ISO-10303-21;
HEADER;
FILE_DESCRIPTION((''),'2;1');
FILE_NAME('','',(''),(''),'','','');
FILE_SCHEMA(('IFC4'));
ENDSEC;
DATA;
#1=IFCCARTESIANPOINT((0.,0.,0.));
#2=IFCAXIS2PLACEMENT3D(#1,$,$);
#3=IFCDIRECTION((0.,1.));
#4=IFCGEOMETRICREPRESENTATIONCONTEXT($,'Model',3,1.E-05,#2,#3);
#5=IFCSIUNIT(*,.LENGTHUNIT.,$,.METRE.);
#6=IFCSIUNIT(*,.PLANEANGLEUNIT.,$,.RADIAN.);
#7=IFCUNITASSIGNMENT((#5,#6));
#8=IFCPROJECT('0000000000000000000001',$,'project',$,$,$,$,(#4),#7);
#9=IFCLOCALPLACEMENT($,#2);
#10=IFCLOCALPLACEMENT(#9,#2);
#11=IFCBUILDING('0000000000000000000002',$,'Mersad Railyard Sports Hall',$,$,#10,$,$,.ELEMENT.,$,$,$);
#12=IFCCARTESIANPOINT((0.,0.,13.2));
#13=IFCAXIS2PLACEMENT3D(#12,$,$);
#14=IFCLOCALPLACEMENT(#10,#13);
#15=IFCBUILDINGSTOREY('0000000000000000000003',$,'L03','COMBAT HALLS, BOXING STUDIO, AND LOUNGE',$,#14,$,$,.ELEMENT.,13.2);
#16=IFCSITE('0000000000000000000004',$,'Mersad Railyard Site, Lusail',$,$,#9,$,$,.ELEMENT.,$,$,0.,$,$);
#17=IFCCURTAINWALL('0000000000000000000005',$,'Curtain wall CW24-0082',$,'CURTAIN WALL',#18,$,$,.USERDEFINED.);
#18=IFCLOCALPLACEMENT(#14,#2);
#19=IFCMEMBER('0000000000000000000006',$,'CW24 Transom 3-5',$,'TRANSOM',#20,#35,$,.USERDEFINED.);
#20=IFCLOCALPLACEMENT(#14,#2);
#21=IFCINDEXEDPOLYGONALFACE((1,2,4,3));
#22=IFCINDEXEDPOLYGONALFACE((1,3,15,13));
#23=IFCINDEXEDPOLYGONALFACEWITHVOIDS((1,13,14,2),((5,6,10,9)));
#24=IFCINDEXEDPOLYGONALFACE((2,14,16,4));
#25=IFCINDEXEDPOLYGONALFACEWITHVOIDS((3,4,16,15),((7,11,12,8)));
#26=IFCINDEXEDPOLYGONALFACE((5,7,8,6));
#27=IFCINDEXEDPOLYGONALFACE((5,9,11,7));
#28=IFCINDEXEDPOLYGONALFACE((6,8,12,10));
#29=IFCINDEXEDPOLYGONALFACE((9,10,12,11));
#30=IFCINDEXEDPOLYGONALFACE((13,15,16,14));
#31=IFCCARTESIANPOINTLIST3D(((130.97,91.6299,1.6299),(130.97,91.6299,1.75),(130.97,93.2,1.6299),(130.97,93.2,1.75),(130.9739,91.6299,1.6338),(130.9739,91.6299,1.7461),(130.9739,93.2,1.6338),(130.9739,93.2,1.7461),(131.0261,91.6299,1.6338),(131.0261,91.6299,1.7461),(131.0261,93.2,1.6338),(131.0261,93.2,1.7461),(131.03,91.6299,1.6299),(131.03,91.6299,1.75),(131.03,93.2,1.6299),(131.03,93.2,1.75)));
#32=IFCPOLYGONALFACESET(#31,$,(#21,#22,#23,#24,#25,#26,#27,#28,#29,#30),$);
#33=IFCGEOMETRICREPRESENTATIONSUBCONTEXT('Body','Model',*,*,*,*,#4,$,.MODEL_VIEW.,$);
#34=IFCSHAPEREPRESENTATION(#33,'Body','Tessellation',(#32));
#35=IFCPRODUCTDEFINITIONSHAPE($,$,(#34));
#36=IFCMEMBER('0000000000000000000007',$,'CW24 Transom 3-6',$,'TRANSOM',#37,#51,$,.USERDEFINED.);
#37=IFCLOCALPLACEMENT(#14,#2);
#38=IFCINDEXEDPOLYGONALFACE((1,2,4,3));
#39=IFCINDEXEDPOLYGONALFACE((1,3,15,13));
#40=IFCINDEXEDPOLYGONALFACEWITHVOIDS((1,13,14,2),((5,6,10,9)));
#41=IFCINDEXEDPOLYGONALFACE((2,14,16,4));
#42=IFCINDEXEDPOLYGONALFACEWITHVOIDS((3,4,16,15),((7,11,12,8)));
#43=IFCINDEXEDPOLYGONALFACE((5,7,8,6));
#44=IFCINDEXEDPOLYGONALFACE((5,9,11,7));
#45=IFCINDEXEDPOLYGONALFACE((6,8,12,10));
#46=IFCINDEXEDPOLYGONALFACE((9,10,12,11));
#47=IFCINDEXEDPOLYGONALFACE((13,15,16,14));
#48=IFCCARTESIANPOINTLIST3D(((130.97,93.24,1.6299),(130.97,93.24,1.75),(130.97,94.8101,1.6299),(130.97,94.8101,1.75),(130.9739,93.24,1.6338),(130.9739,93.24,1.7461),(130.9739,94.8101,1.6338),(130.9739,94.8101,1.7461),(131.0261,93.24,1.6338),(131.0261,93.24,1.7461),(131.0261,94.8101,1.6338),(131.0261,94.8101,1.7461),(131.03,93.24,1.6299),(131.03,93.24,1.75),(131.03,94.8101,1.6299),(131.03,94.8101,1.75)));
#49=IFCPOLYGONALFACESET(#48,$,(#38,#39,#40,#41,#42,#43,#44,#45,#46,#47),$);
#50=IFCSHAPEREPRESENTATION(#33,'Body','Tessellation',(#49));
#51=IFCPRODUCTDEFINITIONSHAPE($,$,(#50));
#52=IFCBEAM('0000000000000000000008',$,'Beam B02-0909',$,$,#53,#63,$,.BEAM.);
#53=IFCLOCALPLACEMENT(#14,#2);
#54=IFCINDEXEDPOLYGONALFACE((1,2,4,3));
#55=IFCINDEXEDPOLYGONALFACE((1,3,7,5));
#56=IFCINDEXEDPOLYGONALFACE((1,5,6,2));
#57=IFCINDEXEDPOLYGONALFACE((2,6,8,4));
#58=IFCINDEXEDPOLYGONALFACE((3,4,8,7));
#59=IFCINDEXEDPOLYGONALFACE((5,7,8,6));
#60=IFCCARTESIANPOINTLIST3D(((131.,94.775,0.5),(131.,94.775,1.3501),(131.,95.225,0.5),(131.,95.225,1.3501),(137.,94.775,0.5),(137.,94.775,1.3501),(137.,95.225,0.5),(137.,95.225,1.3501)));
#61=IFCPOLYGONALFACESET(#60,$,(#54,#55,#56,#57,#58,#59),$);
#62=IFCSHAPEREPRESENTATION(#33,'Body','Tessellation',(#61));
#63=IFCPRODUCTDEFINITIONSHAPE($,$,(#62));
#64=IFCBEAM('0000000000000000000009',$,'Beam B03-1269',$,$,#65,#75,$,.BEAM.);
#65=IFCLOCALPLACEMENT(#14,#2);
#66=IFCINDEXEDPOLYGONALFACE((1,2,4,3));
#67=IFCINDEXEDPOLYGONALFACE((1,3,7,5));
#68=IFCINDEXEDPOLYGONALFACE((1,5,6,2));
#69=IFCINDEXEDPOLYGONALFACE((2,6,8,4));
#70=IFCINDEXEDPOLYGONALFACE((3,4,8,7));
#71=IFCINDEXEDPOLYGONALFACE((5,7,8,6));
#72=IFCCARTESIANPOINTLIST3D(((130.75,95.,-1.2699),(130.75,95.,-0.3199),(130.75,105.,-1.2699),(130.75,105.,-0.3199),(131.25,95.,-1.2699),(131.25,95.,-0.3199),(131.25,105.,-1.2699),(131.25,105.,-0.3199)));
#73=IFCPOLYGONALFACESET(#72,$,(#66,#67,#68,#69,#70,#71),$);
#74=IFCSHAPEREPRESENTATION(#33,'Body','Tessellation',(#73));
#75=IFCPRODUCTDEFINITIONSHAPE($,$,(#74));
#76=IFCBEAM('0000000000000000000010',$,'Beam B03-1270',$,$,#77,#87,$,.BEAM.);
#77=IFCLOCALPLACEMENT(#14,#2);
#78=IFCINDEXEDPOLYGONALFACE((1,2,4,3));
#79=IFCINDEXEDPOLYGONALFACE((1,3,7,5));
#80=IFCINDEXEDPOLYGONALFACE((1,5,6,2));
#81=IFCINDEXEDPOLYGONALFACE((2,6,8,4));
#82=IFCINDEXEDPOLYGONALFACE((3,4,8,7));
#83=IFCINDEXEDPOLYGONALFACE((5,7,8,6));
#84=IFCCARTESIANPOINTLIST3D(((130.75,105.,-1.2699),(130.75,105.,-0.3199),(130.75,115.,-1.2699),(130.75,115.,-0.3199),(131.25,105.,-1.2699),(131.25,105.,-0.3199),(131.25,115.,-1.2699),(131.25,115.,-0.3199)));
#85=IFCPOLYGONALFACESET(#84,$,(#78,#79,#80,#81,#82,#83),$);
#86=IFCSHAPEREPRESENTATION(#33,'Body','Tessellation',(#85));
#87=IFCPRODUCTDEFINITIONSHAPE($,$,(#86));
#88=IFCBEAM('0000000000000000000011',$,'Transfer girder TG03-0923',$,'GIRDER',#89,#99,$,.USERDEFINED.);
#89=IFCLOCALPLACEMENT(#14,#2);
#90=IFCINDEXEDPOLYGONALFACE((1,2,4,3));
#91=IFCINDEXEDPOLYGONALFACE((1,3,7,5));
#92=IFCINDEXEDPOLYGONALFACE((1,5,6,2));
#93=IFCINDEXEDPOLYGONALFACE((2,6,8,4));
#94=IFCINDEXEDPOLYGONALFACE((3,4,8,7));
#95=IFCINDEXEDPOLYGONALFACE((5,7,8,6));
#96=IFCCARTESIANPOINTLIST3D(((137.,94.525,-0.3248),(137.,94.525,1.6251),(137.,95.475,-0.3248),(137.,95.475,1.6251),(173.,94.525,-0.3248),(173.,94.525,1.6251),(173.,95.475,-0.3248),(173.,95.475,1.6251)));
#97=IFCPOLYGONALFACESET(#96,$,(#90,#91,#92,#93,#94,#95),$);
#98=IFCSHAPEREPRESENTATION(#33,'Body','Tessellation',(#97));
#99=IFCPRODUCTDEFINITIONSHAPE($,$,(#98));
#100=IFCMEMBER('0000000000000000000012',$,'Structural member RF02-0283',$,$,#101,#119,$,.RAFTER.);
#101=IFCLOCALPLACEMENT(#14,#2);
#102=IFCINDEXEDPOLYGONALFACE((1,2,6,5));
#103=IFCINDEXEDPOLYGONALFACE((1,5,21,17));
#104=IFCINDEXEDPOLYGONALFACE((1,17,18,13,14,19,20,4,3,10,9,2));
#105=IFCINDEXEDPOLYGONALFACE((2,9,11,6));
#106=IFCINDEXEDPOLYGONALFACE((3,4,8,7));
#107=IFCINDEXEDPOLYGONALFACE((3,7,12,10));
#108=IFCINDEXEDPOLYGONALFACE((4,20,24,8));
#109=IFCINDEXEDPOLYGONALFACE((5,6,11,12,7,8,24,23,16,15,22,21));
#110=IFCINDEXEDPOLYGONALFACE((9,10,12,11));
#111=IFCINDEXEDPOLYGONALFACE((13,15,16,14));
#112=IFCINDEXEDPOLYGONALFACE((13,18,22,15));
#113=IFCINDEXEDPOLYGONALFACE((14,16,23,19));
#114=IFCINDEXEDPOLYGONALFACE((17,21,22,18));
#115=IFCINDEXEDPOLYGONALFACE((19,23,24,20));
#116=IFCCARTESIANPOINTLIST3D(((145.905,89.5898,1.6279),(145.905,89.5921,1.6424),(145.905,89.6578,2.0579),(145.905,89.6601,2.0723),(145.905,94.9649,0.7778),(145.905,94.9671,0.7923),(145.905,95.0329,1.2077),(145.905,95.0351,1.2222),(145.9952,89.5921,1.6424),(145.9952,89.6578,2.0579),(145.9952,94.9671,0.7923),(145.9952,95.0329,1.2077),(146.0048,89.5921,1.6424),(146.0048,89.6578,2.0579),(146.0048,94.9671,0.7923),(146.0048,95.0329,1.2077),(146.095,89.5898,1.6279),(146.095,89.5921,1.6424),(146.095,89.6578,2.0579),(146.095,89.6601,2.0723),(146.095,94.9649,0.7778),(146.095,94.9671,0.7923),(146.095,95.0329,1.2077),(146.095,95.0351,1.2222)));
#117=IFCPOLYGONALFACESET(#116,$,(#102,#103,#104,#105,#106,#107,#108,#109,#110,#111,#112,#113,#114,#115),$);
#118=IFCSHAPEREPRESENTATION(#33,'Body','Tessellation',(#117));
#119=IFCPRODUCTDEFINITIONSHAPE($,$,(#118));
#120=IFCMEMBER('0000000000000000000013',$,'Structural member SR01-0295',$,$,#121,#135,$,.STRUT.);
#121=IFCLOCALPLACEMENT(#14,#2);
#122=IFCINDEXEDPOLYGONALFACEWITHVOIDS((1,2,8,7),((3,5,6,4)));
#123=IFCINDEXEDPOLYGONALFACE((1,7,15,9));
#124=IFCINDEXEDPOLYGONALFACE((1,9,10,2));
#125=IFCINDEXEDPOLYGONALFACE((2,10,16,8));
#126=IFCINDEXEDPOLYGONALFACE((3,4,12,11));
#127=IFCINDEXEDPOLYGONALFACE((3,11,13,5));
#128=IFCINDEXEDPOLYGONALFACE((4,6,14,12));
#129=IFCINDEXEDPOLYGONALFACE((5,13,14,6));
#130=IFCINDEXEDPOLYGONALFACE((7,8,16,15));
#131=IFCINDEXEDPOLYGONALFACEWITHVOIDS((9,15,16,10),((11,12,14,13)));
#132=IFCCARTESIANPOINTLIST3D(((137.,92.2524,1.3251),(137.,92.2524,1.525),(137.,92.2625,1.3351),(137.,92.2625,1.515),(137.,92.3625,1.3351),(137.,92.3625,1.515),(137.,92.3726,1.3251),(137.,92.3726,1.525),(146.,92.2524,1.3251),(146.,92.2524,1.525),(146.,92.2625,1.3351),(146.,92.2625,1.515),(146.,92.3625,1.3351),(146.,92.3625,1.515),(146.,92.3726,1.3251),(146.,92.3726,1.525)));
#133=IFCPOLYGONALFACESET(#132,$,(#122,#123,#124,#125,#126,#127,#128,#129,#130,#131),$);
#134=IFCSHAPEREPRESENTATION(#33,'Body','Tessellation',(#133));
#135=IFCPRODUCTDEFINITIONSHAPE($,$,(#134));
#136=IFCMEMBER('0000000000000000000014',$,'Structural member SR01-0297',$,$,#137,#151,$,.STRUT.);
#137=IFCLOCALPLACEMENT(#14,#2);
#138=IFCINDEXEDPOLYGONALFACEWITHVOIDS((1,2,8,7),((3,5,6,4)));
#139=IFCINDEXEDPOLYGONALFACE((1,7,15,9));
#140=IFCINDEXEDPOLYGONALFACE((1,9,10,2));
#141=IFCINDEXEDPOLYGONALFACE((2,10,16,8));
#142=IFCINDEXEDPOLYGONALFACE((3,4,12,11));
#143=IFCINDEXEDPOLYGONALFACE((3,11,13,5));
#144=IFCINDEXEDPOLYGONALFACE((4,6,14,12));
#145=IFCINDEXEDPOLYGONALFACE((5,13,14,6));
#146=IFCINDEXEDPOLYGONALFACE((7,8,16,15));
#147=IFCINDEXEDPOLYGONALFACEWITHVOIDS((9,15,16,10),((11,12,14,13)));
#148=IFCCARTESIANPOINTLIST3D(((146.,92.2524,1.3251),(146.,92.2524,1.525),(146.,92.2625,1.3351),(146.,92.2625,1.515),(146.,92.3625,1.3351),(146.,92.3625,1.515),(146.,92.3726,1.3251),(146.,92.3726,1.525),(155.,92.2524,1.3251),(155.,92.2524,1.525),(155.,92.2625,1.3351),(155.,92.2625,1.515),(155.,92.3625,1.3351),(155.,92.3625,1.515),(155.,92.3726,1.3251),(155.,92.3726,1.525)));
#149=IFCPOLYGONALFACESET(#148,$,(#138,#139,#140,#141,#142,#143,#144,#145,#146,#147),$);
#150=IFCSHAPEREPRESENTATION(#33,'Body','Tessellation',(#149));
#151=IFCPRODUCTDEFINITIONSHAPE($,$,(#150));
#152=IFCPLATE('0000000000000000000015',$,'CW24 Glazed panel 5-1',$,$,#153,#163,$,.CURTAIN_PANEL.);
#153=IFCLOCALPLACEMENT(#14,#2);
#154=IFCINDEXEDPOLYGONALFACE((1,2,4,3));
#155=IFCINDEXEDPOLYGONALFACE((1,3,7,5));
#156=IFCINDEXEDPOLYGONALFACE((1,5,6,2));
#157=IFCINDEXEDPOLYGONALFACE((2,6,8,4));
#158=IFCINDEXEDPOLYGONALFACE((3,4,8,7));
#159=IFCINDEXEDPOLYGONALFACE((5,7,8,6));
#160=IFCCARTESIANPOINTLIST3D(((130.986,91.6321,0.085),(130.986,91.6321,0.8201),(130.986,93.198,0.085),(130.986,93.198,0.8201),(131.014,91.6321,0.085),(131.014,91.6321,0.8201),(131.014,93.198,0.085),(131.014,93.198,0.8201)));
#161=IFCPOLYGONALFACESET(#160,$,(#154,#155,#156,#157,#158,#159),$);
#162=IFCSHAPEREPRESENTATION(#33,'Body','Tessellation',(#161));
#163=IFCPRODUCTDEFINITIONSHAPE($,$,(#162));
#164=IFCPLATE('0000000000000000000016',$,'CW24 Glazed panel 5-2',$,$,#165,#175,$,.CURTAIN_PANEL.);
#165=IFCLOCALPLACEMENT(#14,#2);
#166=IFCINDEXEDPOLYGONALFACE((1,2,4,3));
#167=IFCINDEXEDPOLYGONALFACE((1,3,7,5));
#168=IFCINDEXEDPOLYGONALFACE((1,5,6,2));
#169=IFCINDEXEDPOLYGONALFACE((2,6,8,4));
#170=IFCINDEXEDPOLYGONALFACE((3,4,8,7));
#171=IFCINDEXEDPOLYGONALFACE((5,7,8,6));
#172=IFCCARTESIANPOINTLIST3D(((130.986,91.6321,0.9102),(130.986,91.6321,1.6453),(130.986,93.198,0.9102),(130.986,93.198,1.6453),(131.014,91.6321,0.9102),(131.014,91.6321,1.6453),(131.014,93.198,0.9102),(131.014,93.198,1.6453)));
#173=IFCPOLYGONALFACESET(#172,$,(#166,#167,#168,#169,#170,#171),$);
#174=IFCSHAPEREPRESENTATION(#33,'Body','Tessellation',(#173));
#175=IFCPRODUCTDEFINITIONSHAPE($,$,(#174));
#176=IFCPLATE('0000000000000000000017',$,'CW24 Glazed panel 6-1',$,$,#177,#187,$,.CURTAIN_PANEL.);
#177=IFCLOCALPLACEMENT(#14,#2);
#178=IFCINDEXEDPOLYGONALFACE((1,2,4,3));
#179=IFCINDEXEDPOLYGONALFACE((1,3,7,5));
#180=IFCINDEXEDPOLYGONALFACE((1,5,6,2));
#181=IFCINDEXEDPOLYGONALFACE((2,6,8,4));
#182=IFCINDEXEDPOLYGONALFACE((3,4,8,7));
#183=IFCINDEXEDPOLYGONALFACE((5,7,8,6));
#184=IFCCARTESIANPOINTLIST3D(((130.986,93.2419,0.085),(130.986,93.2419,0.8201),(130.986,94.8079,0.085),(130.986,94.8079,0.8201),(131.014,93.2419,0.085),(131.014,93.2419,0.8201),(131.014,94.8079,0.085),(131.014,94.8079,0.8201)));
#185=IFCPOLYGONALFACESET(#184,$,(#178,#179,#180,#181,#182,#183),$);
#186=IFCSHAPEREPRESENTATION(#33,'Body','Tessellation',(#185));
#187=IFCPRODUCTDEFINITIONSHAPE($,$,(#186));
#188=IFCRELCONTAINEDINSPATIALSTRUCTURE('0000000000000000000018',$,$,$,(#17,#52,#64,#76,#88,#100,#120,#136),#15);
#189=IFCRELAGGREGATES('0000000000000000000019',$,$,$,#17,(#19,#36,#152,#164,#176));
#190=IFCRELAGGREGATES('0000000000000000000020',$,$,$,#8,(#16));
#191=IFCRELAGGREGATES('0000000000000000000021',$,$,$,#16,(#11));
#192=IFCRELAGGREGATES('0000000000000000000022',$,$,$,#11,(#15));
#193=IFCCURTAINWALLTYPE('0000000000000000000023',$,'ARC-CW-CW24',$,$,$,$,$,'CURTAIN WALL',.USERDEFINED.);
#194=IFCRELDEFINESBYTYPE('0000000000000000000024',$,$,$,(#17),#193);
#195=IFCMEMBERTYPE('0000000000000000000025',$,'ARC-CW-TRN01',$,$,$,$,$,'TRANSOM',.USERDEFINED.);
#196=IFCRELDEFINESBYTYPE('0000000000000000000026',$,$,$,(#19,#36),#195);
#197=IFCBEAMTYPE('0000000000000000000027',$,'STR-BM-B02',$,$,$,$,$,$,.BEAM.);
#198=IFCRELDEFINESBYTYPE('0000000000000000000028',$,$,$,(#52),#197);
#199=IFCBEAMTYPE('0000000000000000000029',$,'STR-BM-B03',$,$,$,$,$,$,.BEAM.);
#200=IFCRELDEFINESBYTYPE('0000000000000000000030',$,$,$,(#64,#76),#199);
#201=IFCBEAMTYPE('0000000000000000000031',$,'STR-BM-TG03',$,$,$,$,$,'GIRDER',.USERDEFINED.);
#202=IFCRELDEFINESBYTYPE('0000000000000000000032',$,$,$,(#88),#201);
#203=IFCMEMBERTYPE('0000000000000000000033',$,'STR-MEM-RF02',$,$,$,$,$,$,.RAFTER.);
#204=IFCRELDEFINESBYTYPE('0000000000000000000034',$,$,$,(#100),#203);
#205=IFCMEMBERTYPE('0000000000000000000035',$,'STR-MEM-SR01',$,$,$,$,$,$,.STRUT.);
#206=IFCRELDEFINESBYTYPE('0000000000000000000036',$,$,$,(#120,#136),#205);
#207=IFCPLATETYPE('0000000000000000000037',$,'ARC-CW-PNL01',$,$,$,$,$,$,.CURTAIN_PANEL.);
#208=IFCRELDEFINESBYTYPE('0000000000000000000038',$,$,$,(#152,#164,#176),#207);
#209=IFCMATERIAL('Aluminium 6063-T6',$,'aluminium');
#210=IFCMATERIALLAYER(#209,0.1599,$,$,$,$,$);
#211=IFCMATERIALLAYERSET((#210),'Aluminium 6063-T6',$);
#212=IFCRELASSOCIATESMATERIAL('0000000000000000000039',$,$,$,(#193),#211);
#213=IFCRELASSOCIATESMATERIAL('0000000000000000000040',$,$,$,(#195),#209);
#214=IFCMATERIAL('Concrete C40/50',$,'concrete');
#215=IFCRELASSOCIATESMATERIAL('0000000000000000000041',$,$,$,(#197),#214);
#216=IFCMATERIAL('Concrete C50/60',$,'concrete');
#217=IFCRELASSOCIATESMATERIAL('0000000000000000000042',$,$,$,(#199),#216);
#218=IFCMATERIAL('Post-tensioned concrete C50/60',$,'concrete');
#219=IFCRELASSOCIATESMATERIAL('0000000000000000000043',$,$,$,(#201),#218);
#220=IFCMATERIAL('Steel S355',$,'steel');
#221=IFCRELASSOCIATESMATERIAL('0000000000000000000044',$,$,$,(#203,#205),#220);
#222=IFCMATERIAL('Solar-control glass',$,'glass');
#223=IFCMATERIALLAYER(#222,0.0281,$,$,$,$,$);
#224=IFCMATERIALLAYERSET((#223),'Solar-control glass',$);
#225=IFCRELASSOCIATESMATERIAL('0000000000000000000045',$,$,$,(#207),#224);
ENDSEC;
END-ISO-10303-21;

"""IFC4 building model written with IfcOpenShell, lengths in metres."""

from ifc_helpers import new_model, si_unit, direction, frame, origin, origin_2d, place, context, subcontext, project, spatial, rectangle, hollow_rectangle, i_section, extrude, material, layer, layer_set, material_profile, profile_set, type_object, element, aggregate, save


model = new_model("IFC4")

# Units and contexts
model_context = context("Model", 3, precision=1e-05, world=origin(), true_north=direction((0.0, 1.0)))
body_context = subcontext(model_context, "Body", "Model", "MODEL_VIEW")
ifc_project = project(units=[si_unit("LENGTHUNIT", "METRE"), si_unit("PLANEANGLEUNIT", "RADIAN")], contexts=[model_context])

# Site, building, storey
site_placement = place(None, origin())
site = spatial("IfcSite", under=ifc_project, at=site_placement, Name="Mersad Railyard Site, Lusail", CompositionType="ELEMENT", RefElevation=0.0)
building_placement = place(site_placement, origin())
building = spatial("IfcBuilding", under=site, at=building_placement, Name="Mersad Railyard Sports Hall", CompositionType="ELEMENT")
storey_placement = place(building_placement, frame((0.0, 0.0, 13.2)))
storey = spatial("IfcBuildingStorey", under=building, at=storey_placement, Name="L03", Description="COMBAT HALLS, BOXING STUDIO, AND LOUNGE", CompositionType="ELEMENT", Elevation=13.2)

# Shared definitions
ifc_material_1 = material(Name="Concrete C40/50", Category="concrete")
ifc_material_2 = material(Name="Steel S355", Category="steel")

# Curtain wall, members
ifc_material_3 = material(Name="Aluminium 6063-T6", Category="aluminium")
ifc_layer_1 = layer(ifc_material_3, 0.1599)
ifc_layer_set_1 = layer_set([ifc_layer_1], Name="Aluminium 6063-T6")
curtain_wall_type = type_object("IfcCurtainWallType", Name="ARC-CW-CW24", ElementType="CURTAIN WALL", PredefinedType="USERDEFINED", material=ifc_layer_set_1)
curtain_wall_placement = place(storey_placement, origin())
curtain_wall = element("IfcCurtainWall", 1, at=curtain_wall_placement, inside=storey, type_object=curtain_wall_type, Name="Curtain wall CW24-0082", ObjectType="CURTAIN WALL", PredefinedType="USERDEFINED")
ifc_material_profile_1 = material_profile(ifc_material_3, hollow_rectangle(XDim=0.0601, YDim=0.1201, WallThickness=0.0039, at=origin_2d()), Name="AL TRANSOM 60x120x4")
ifc_profile_set_1 = profile_set([ifc_material_profile_1], Name="Aluminium 6063-T6")
member_type_1 = type_object("IfcMemberType", Name="ARC-CW-TRN01", ElementType="TRANSOM", PredefinedType="USERDEFINED", material=ifc_profile_set_1)
member_1_placement = place(storey_placement, frame((131.0, 91.6299, 1.6899), z_axis=(0.0, 1.0, 0.0), x_axis=(-1.0, 0.0, 0.0)))
member_1 = element("IfcMember", 2, at=member_1_placement, type_object=member_type_1, Name="CW24 Transom 3-5", ObjectType="TRANSOM", PredefinedType="USERDEFINED", context=body_context, shape_type="SweptSolid", body=[
    extrude(hollow_rectangle(XDim=0.0601, YDim=0.1201, WallThickness=0.0039, at=origin_2d()), origin(), (0.0, 0.0, 1.0), 1.5701),
])
member_2_placement = place(storey_placement, frame((131.0, 93.24, 1.6899), z_axis=(0.0, 1.0, 0.0), x_axis=(-1.0, 0.0, 0.0)))
member_2 = element("IfcMember", 3, at=member_2_placement, type_object=member_type_1, Name="CW24 Transom 3-6", ObjectType="TRANSOM", PredefinedType="USERDEFINED", context=body_context, shape_type="SweptSolid", body=[
    extrude(hollow_rectangle(XDim=0.0601, YDim=0.1201, WallThickness=0.0039, at=origin_2d()), origin(), (0.0, 0.0, 1.0), 1.5701),
])

# Beams
ifc_material_profile_2 = material_profile(ifc_material_1, rectangle(XDim=0.45, YDim=0.8501, at=origin_2d()), Name="RC 450x850")
ifc_profile_set_2 = profile_set([ifc_material_profile_2], Name="Concrete C40/50")
beam_type_1 = type_object("IfcBeamType", Name="STR-BM-B02", PredefinedType="BEAM", material=ifc_profile_set_2)
beam_1_placement = place(storey_placement, frame((131.0, 95.0, 0.925), z_axis=(1.0, 0.0, 0.0), x_axis=(0.0, 1.0, 0.0)))
element("IfcBeam", 4, at=beam_1_placement, inside=storey, type_object=beam_type_1, Name="Beam B02-0909", PredefinedType="BEAM", context=body_context, shape_type="SweptSolid", body=[
    extrude(rectangle(XDim=0.45, YDim=0.8501, at=origin_2d()), origin(), (0.0, 0.0, 1.0), 6.0),
])
ifc_material_4 = material(Name="Concrete C50/60", Category="concrete")
ifc_material_profile_3 = material_profile(ifc_material_4, rectangle(XDim=0.5, YDim=0.95, at=origin_2d()), Name="RC 500x950")
ifc_profile_set_3 = profile_set([ifc_material_profile_3], Name="Concrete C50/60")
beam_type_2 = type_object("IfcBeamType", Name="STR-BM-B03", PredefinedType="BEAM", material=ifc_profile_set_3)
for number, where, z_axis, x_axis, name in (
    (5, (131.0, 95.0, -0.7949), (0.0, 1.0, 0.0), (-1.0, 0.0, 0.0), "Beam B03-1269"),
    (6, (131.0, 105.0, -0.7949), (0.0, 1.0, 0.0), (-1.0, 0.0, 0.0), "Beam B03-1270"),
):
    element("IfcBeam", number, at=place(storey_placement, frame(where, z_axis=z_axis, x_axis=x_axis)), inside=storey, type_object=beam_type_2, Name=name, PredefinedType="BEAM", context=body_context, shape_type="SweptSolid", body=[
        extrude(rectangle(XDim=0.5, YDim=0.95, at=origin_2d()), origin(), (0.0, 0.0, 1.0), 10.0),
    ])
ifc_material_5 = material(Name="Post-tensioned concrete C50/60", Category="concrete")
ifc_material_profile_4 = material_profile(ifc_material_5, rectangle(XDim=0.95, YDim=1.95, at=origin_2d()), Name="PT 950x1950")
ifc_profile_set_4 = profile_set([ifc_material_profile_4], Name="Post-tensioned concrete C50/60")
beam_type_3 = type_object("IfcBeamType", Name="STR-BM-TG03", ElementType="GIRDER", PredefinedType="USERDEFINED", material=ifc_profile_set_4)
beam_2_placement = place(storey_placement, frame((137.0, 95.0, 0.6501), z_axis=(1.0, 0.0, 0.0), x_axis=(0.0, 1.0, 0.0)))
element("IfcBeam", 7, at=beam_2_placement, inside=storey, type_object=beam_type_3, Name="Transfer girder TG03-0923", ObjectType="GIRDER", PredefinedType="USERDEFINED", context=body_context, shape_type="SweptSolid", body=[
    extrude(rectangle(XDim=0.95, YDim=1.95, at=origin_2d()), origin(), (0.0, 0.0, 1.0), 36.0),
])

# Members
ifc_material_profile_5 = material_profile(ifc_material_2, i_section(OverallWidth=0.1899, OverallDepth=0.45, WebThickness=0.0095, FlangeThickness=0.0146, at=origin_2d()), Name="IPE 450")
ifc_profile_set_5 = profile_set([ifc_material_profile_5], Name="Steel S355")
member_type_2 = type_object("IfcMemberType", Name="STR-MEM-RF02", PredefinedType="RAFTER", material=ifc_profile_set_5)
member_3_placement = place(storey_placement, frame((146.0, 95.0, 1.0), z_axis=(0.0, -0.987723, 0.156216), x_axis=(1.0, 0.0, 0.0)))
element("IfcMember", 8, at=member_3_placement, inside=storey, type_object=member_type_2, Name="Structural member RF02-0283", PredefinedType="RAFTER", context=body_context, shape_type="SweptSolid", body=[
    extrude(i_section(OverallWidth=0.1899, OverallDepth=0.45, WebThickness=0.0095, FlangeThickness=0.0146, at=origin_2d()), origin(), (0.0, 0.0, 1.0), 5.4419),
])
ifc_material_profile_6 = material_profile(ifc_material_2, hollow_rectangle(XDim=0.1201, YDim=0.2, WallThickness=0.01, at=origin_2d()), Name="RHS 200x120x10")
ifc_profile_set_6 = profile_set([ifc_material_profile_6], Name="Steel S355")
member_type_3 = type_object("IfcMemberType", Name="STR-MEM-SR01", PredefinedType="STRUT", material=ifc_profile_set_6)
for number, where, z_axis, x_axis, name in (
    (9, (137.0, 92.3125, 1.425), (1.0, 0.0, 0.0), (0.0, 1.0, 0.0), "Structural member SR01-0295"),
    (10, (146.0, 92.3125, 1.425), (1.0, 0.0, 0.0), (0.0, 1.0, 0.0), "Structural member SR01-0297"),
):
    element("IfcMember", number, at=place(storey_placement, frame(where, z_axis=z_axis, x_axis=x_axis)), inside=storey, type_object=member_type_3, Name=name, PredefinedType="STRUT", context=body_context, shape_type="SweptSolid", body=[
        extrude(hollow_rectangle(XDim=0.1201, YDim=0.2, WallThickness=0.01, at=origin_2d()), origin(), (0.0, 0.0, 1.0), 9.0),
    ])

# Plates
ifc_material_6 = material(Name="Solar-control glass", Category="glass")
ifc_layer_2 = layer(ifc_material_6, 0.0281)
ifc_layer_set_2 = layer_set([ifc_layer_2], Name="Solar-control glass")
plate_type_1 = type_object("IfcPlateType", Name="ARC-CW-PNL01", PredefinedType="CURTAIN_PANEL", material=ifc_layer_set_2)
plate_1_placement = place(storey_placement, frame((131.0, 92.415, 0.085), z_axis=(0.0, 0.0, 1.0), x_axis=(0.0, 1.0, 0.0)))
plate_1 = element("IfcPlate", 11, at=plate_1_placement, type_object=plate_type_1, Name="CW24 Glazed panel 5-1", PredefinedType="CURTAIN_PANEL", context=body_context, shape_type="SweptSolid", body=[
    extrude(rectangle(XDim=1.5659, YDim=0.0281, at=origin_2d()), origin(), (0.0, 0.0, 1.0), 0.7351),
])
plate_2_placement = place(storey_placement, frame((131.0, 92.415, 0.9102), z_axis=(0.0, 0.0, 1.0), x_axis=(0.0, 1.0, 0.0)))
plate_2 = element("IfcPlate", 12, at=plate_2_placement, type_object=plate_type_1, Name="CW24 Glazed panel 5-2", PredefinedType="CURTAIN_PANEL", context=body_context, shape_type="SweptSolid", body=[
    extrude(rectangle(XDim=1.5659, YDim=0.0281, at=origin_2d()), origin(), (0.0, 0.0, 1.0), 0.7351),
])
plate_3_placement = place(storey_placement, frame((131.0, 94.0249, 0.085), z_axis=(0.0, 0.0, 1.0), x_axis=(0.0, 1.0, 0.0)))
plate_3 = element("IfcPlate", 13, at=plate_3_placement, type_object=plate_type_1, Name="CW24 Glazed panel 6-1", PredefinedType="CURTAIN_PANEL", context=body_context, shape_type="SweptSolid", body=[
    extrude(rectangle(XDim=1.5659, YDim=0.0281, at=origin_2d()), origin(), (0.0, 0.0, 1.0), 0.7351),
])
aggregate(curtain_wall, [member_1, member_2, plate_1, plate_2, plate_3])

save(model, "model.ifc")
